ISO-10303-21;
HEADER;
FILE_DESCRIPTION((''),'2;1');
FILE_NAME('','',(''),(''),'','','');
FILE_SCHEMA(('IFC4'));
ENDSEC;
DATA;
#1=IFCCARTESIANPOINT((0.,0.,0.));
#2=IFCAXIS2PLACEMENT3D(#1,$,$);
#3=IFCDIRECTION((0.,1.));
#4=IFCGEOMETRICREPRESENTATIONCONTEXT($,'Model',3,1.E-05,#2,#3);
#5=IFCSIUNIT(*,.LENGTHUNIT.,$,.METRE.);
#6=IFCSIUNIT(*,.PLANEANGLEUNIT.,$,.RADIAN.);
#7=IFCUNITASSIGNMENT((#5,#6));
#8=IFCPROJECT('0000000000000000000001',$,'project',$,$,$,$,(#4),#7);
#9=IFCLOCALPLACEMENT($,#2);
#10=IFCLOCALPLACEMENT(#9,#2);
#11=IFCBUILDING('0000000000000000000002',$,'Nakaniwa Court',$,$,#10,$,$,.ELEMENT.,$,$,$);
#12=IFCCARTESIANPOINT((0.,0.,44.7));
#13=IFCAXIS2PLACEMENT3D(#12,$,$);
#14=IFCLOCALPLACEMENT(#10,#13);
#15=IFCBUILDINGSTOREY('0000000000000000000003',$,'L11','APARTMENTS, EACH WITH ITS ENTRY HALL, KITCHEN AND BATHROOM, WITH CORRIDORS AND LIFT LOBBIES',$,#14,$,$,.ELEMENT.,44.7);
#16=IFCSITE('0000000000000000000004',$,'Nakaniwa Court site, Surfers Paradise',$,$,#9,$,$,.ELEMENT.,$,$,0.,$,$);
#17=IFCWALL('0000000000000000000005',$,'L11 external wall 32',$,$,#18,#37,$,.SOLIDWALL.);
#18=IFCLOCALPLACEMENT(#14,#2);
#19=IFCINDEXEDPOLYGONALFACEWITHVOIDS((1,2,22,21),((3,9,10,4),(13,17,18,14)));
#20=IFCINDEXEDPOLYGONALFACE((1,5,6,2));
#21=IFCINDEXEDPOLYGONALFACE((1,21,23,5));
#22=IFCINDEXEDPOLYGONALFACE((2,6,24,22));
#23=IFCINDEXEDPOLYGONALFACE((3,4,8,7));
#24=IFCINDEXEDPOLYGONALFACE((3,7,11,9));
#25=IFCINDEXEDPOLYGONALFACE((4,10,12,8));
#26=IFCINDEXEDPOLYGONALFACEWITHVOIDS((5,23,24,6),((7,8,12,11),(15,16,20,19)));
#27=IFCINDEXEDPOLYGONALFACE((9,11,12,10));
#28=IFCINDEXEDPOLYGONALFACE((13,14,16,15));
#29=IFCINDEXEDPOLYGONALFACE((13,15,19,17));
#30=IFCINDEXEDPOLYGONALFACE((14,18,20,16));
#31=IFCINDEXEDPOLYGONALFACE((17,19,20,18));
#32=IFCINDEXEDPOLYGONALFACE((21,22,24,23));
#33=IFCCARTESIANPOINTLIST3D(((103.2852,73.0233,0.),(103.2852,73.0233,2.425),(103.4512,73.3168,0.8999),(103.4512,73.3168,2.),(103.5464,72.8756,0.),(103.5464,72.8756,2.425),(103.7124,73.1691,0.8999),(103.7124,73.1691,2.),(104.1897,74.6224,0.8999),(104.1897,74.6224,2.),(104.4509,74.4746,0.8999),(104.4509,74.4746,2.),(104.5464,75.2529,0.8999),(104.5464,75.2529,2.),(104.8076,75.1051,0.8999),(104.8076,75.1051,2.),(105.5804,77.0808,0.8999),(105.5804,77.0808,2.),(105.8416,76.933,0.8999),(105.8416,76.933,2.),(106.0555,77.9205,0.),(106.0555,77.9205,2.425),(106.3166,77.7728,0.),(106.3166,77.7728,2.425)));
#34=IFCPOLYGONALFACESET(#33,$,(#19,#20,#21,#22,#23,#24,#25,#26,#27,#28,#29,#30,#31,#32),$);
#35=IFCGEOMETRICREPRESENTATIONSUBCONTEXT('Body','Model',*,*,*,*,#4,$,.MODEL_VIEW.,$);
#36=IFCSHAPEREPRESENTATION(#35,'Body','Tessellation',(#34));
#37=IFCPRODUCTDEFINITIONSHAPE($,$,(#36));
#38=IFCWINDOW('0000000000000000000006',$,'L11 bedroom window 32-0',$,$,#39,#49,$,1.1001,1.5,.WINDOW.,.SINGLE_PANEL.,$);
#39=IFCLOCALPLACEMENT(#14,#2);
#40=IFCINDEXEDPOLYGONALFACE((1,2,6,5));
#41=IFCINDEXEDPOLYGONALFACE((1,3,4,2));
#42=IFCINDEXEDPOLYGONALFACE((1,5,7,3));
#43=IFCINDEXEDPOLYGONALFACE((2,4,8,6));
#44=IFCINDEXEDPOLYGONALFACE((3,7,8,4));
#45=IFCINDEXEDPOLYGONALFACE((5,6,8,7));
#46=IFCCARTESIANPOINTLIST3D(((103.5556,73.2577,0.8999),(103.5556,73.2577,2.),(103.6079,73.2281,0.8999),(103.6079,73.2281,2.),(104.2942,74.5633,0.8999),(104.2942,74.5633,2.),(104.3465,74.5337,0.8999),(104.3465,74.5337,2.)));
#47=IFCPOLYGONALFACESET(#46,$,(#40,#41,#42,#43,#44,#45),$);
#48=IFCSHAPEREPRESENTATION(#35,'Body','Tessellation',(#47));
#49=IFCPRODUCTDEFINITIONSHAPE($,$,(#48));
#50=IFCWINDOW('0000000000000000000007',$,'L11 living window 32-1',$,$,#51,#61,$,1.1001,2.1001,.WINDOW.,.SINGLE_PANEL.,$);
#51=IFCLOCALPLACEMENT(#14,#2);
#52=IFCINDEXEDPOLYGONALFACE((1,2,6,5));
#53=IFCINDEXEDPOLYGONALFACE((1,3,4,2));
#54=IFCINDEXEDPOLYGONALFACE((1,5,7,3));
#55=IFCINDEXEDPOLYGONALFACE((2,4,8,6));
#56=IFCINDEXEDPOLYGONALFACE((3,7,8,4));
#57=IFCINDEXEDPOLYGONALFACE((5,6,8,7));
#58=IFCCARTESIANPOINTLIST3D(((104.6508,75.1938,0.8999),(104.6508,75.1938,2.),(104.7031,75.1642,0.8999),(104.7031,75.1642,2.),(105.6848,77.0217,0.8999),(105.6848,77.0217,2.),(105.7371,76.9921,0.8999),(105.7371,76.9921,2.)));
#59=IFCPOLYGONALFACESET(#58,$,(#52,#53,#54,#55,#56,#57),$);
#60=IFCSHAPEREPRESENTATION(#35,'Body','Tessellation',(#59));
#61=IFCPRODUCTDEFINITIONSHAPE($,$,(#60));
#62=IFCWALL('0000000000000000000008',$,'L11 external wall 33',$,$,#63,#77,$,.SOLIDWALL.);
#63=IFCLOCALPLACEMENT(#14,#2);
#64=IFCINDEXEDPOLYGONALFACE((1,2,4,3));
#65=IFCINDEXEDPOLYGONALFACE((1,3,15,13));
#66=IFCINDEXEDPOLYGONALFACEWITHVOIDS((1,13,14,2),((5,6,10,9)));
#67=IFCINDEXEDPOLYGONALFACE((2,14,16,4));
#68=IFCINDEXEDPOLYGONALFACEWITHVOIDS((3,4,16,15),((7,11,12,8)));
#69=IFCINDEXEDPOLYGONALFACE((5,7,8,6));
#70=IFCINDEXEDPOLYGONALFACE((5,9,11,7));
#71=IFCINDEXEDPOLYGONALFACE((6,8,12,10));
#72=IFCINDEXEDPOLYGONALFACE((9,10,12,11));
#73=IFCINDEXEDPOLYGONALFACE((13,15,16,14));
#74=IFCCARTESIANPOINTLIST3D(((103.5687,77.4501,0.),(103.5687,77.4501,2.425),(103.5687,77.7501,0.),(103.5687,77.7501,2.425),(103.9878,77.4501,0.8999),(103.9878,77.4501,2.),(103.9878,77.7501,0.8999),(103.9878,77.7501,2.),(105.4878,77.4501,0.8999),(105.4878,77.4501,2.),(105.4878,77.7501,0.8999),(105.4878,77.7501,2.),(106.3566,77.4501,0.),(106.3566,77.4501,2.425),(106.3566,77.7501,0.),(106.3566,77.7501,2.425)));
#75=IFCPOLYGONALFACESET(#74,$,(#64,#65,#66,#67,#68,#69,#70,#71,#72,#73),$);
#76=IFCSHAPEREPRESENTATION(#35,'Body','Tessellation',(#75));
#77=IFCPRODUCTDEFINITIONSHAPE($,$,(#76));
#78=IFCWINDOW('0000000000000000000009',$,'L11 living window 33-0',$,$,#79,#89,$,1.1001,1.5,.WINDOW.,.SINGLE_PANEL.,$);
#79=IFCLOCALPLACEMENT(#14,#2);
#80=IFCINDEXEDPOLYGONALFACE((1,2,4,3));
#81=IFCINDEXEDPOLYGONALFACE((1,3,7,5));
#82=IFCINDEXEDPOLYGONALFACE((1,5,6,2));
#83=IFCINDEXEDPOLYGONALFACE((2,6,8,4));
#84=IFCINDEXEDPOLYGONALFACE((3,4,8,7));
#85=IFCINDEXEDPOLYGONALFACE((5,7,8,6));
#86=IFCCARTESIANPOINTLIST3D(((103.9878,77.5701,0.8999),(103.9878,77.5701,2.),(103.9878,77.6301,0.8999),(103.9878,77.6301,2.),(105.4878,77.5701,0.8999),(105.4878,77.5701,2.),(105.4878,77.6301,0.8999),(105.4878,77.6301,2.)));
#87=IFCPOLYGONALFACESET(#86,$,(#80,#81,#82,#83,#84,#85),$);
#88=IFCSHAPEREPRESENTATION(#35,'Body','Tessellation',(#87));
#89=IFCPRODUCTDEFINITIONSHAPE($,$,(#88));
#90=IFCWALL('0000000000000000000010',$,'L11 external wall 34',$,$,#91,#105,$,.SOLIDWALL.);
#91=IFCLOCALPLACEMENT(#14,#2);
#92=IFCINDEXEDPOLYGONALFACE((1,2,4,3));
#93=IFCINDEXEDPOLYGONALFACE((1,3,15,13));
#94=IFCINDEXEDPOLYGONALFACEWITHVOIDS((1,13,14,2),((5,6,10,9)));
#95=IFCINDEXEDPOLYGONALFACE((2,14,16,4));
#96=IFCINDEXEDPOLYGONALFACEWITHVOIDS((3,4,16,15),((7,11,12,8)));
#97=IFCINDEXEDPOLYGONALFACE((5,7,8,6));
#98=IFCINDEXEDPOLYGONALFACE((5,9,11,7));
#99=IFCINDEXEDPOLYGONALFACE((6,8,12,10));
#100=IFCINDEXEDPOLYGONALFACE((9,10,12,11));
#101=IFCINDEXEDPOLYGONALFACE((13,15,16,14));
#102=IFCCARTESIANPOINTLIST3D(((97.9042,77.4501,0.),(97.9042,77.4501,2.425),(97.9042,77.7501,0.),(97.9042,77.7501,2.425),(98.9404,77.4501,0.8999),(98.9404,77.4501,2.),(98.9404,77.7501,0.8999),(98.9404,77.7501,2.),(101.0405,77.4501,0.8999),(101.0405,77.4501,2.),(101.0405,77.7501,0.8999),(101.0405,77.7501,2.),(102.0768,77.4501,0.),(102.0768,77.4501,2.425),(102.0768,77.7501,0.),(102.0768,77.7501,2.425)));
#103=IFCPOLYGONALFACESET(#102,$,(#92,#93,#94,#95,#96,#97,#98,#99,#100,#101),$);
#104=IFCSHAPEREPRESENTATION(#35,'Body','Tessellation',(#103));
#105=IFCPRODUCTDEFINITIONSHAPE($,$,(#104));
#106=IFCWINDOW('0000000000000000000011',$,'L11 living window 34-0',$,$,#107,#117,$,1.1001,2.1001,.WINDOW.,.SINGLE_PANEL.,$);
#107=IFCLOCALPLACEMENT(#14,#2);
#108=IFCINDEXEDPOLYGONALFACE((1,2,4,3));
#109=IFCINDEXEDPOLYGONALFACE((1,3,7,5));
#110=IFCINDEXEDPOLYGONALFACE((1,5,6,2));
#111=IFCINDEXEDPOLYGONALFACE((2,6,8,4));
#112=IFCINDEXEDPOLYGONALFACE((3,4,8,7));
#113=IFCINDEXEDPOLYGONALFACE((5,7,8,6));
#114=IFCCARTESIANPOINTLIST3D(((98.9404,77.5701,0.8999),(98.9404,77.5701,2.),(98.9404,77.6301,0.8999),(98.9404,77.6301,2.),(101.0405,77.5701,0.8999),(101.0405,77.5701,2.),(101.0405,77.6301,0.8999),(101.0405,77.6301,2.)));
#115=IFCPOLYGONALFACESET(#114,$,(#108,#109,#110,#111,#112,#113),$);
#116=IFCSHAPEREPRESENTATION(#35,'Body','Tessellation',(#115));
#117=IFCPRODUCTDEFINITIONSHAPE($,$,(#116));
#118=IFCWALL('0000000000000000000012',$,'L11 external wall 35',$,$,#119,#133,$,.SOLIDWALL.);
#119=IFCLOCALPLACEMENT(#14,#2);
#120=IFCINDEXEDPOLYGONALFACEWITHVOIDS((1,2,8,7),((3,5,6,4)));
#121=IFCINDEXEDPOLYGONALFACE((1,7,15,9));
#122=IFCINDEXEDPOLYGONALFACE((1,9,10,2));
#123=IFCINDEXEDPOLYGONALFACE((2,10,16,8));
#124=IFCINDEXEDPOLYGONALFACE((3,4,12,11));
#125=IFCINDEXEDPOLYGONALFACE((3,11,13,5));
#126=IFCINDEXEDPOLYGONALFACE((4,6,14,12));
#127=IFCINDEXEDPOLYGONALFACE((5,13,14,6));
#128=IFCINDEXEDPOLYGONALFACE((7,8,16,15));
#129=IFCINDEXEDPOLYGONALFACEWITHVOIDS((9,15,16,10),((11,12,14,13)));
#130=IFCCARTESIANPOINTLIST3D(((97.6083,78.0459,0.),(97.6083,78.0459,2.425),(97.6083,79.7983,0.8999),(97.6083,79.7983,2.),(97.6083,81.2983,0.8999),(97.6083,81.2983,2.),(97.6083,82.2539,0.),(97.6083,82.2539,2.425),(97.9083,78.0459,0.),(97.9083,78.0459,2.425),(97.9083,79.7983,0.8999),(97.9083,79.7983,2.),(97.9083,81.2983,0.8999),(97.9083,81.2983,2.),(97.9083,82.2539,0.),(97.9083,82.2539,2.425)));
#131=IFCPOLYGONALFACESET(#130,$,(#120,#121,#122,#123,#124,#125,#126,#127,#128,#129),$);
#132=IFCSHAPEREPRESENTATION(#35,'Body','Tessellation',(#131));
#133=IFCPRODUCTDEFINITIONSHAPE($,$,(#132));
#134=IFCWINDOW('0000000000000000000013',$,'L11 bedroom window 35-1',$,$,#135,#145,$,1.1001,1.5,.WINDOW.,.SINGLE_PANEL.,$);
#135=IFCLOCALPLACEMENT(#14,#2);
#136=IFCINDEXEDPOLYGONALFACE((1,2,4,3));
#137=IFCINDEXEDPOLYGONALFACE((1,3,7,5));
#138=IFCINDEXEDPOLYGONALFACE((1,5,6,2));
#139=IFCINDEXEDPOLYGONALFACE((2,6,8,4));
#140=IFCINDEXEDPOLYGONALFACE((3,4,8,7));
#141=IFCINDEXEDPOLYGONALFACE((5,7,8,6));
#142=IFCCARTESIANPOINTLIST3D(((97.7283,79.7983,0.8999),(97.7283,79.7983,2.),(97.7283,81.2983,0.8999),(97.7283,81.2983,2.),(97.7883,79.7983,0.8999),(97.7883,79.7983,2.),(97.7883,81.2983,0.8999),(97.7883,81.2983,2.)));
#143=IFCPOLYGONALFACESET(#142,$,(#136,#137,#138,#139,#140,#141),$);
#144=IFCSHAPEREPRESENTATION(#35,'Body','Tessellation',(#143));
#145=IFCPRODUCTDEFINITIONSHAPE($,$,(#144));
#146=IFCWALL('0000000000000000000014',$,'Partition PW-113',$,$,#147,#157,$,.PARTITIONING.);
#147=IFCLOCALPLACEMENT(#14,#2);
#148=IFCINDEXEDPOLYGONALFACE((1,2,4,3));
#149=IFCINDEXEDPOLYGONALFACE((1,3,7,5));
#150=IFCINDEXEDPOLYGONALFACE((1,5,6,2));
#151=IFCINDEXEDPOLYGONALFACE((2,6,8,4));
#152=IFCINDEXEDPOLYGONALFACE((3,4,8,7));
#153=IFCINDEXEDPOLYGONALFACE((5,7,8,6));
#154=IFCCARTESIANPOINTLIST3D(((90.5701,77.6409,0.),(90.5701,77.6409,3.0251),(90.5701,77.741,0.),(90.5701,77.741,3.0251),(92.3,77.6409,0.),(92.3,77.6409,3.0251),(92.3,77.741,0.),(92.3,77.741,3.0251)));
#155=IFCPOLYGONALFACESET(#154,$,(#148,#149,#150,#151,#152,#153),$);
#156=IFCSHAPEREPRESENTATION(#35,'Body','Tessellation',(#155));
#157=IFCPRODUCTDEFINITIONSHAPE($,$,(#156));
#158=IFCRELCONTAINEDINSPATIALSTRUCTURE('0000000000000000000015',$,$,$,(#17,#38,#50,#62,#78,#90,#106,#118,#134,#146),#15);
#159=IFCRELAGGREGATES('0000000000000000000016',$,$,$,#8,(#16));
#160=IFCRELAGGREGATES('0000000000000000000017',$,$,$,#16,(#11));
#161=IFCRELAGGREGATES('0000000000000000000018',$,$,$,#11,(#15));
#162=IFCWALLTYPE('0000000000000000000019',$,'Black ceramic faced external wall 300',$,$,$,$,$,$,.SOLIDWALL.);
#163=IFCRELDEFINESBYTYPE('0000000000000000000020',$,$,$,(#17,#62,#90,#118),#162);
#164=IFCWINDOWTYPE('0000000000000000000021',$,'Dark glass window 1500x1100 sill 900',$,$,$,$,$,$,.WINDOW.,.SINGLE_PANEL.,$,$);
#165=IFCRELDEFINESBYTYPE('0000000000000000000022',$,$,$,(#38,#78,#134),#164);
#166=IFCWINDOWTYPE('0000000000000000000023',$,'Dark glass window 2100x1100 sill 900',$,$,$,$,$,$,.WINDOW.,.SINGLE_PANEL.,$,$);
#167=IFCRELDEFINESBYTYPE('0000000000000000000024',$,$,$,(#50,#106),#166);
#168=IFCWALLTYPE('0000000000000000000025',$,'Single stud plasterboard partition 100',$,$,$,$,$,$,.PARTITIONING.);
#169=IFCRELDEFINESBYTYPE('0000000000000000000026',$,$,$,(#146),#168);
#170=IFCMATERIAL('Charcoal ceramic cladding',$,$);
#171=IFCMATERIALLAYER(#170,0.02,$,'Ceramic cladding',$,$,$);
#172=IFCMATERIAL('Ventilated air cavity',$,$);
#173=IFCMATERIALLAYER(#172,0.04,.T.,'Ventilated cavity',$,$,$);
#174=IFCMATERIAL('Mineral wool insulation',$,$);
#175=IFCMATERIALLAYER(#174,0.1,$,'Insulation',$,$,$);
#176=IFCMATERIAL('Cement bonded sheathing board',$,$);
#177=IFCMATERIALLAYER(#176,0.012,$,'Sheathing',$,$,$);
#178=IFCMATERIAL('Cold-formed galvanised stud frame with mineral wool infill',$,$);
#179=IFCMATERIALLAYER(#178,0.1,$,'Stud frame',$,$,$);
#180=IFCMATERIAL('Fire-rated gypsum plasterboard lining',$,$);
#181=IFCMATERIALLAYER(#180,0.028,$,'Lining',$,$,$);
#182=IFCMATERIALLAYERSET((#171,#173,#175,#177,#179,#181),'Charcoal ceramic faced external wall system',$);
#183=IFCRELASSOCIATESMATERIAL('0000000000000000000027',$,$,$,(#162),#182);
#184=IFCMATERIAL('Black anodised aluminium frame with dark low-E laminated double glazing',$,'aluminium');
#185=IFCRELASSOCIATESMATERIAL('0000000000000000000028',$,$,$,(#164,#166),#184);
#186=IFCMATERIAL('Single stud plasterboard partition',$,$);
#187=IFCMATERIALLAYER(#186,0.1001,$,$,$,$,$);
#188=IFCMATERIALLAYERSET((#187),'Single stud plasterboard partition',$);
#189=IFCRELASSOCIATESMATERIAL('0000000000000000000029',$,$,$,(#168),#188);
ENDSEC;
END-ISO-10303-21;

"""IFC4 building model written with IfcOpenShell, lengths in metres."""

from ifc_helpers import new_model, si_unit, direction, frame, frame_2d, origin, place, context, subcontext, project, spatial, rectangle, extrude, material, layer, layer_set, type_object, element, fill, save


model = new_model("IFC4")

# Units and contexts
model_context = context("Model", 3, precision=1e-05, world=origin(), true_north=direction((0.0, 1.0)))
body_context = subcontext(model_context, "Body", "Model", "MODEL_VIEW")
ifc_project = project(units=[si_unit("LENGTHUNIT", "METRE"), si_unit("PLANEANGLEUNIT", "RADIAN")], contexts=[model_context])

# Site, building, storey
site_placement = place(None, origin())
site = spatial("IfcSite", under=ifc_project, at=site_placement, Name="Nakaniwa Court site, Surfers Paradise", CompositionType="ELEMENT", RefElevation=0.0)
building_placement = place(site_placement, origin())
building = spatial("IfcBuilding", under=site, at=building_placement, Name="Nakaniwa Court", CompositionType="ELEMENT")
storey_placement = place(building_placement, frame((0.0, 0.0, 44.7)))
storey = spatial("IfcBuildingStorey", under=building, at=storey_placement, Name="L11", Description="APARTMENTS, EACH WITH ITS ENTRY HALL, KITCHEN AND BATHROOM, WITH CORRIDORS AND LIFT LOBBIES", CompositionType="ELEMENT", Elevation=44.7)

# Wall, openings, windows
ifc_material_1 = material(Name="Charcoal ceramic cladding")
ifc_layer_1 = layer(ifc_material_1, 0.02, Name="Ceramic cladding")
ifc_material_2 = material(Name="Ventilated air cavity")
ifc_layer_2 = layer(ifc_material_2, 0.04, ventilated=True, Name="Ventilated cavity")
ifc_material_3 = material(Name="Mineral wool insulation")
ifc_layer_3 = layer(ifc_material_3, 0.1, Name="Insulation")
ifc_material_4 = material(Name="Cement bonded sheathing board")
ifc_layer_4 = layer(ifc_material_4, 0.012, Name="Sheathing")
ifc_material_5 = material(Name="Cold-formed galvanised stud frame with mineral wool infill")
ifc_layer_5 = layer(ifc_material_5, 0.1, Name="Stud frame")
ifc_material_6 = material(Name="Fire-rated gypsum plasterboard lining")
ifc_layer_6 = layer(ifc_material_6, 0.028, Name="Lining")
ifc_layer_set_1 = layer_set([ifc_layer_1, ifc_layer_2, ifc_layer_3, ifc_layer_4, ifc_layer_5, ifc_layer_6], Name="Charcoal ceramic faced external wall system")
wall_type_1 = type_object("IfcWallType", Name="Black ceramic faced external wall 300", PredefinedType="SOLIDWALL", material=ifc_layer_set_1)
wall_1_placement = place(storey_placement, frame((103.4158, 72.9495, 0.0), z_axis=(0.0, 0.0, 1.0), x_axis=(0.492363, 0.87039, 0.0)))
wall_1 = element("IfcWall", 1, at=wall_1_placement, inside=storey, type_object=wall_type_1, Name="L11 external wall 32", PredefinedType="SOLIDWALL", context=body_context, shape_type="SweptSolid", body=[
    extrude(rectangle(XDim=5.6265, YDim=0.3, at=frame_2d((2.8132, 0.0))), origin(), (0.0, 0.0, 1.0), 2.425),
])
opening_1_placement = place(wall_1_placement, frame((0.3372, 0.0, 0.8999)))
opening_1 = element("IfcOpeningElement", 2, at=opening_1_placement, cuts=wall_1, PredefinedType="OPENING", context=body_context, shape_type="SweptSolid", body=[
    extrude(rectangle(XDim=1.5, YDim=1.1001, at=frame_2d((0.75, 0.55))), frame((0.0, 0.1599, 0.0), z_axis=(0.0, -1.0, 0.0), x_axis=(1.0, 0.0, 0.0)), (0.0, 0.0, 1.0), 0.3201),
])
opening_2_placement = place(wall_1_placement, frame((2.5615, 0.0, 0.8999)))
opening_2 = element("IfcOpeningElement", 3, at=opening_2_placement, cuts=wall_1, PredefinedType="OPENING", context=body_context, shape_type="SweptSolid", body=[
    extrude(rectangle(XDim=2.1001, YDim=1.1001, at=frame_2d((1.05, 0.55))), frame((0.0, 0.1599, 0.0), z_axis=(0.0, -1.0, 0.0), x_axis=(1.0, 0.0, 0.0)), (0.0, 0.0, 1.0), 0.3201),
])
ifc_material_7 = material(Name="Black anodised aluminium frame with dark low-E laminated double glazing", Category="aluminium")
window_type_1 = type_object("IfcWindowType", Name="Dark glass window 1500x1100 sill 900", PartitioningType="SINGLE_PANEL", PredefinedType="WINDOW", material=ifc_material_7)
window_1_placement = place(opening_1_placement, origin())
window_1 = element("IfcWindow", 4, at=window_1_placement, inside=storey, type_object=window_type_1, Name="L11 bedroom window 32-0", OverallHeight=1.1001, OverallWidth=1.5, PartitioningType="SINGLE_PANEL", PredefinedType="WINDOW", context=body_context, shape_type="SweptSolid", body=[
    extrude(rectangle(XDim=1.5, YDim=1.1001, at=frame_2d((0.75, 0.55))), frame((0.0, 0.03, 0.0), z_axis=(0.0, -1.0, 0.0), x_axis=(1.0, 0.0, 0.0)), (0.0, 0.0, 1.0), 0.0601),
])
fill(opening_1, window_1)
window_type_2 = type_object("IfcWindowType", Name="Dark glass window 2100x1100 sill 900", PartitioningType="SINGLE_PANEL", PredefinedType="WINDOW", material=ifc_material_7)
window_2_placement = place(opening_2_placement, origin())
window_2 = element("IfcWindow", 5, at=window_2_placement, inside=storey, type_object=window_type_2, Name="L11 living window 32-1", OverallHeight=1.1001, OverallWidth=2.1001, PartitioningType="SINGLE_PANEL", PredefinedType="WINDOW", context=body_context, shape_type="SweptSolid", body=[
    extrude(rectangle(XDim=2.1001, YDim=1.1001, at=frame_2d((1.05, 0.55))), frame((0.0, 0.03, 0.0), z_axis=(0.0, -1.0, 0.0), x_axis=(1.0, 0.0, 0.0)), (0.0, 0.0, 1.0), 0.0601),
])
fill(opening_2, window_2)

# Walls, openings, windows
wall_2_placement = place(storey_placement, frame((106.3567, 77.6001, 0.0), z_axis=(0.0, 0.0, 1.0), x_axis=(-1.0, 0.0, 0.0)))
wall_2 = element("IfcWall", 6, at=wall_2_placement, inside=storey, type_object=wall_type_1, Name="L11 external wall 33", PredefinedType="SOLIDWALL", context=body_context, shape_type="SweptSolid", body=[
    extrude(rectangle(XDim=2.7878, YDim=0.3, at=frame_2d((1.394, 0.0))), origin(), (0.0, 0.0, 1.0), 2.425),
])
opening_3_placement = place(wall_2_placement, frame((0.8689, 0.0, 0.8999)))
opening_3 = element("IfcOpeningElement", 7, at=opening_3_placement, cuts=wall_2, PredefinedType="OPENING", context=body_context, shape_type="SweptSolid", body=[
    extrude(rectangle(XDim=1.5, YDim=1.1001, at=frame_2d((0.75, 0.55))), frame((0.0, 0.1599, 0.0), z_axis=(0.0, -1.0, 0.0), x_axis=(1.0, 0.0, 0.0)), (0.0, 0.0, 1.0), 0.3201),
])
window_3_placement = place(opening_3_placement, origin())
window_3 = element("IfcWindow", 8, at=window_3_placement, inside=storey, type_object=window_type_1, Name="L11 living window 33-0", OverallHeight=1.1001, OverallWidth=1.5, PartitioningType="SINGLE_PANEL", PredefinedType="WINDOW", context=body_context, shape_type="SweptSolid", body=[
    extrude(rectangle(XDim=1.5, YDim=1.1001, at=frame_2d((0.75, 0.55))), frame((0.0, 0.03, 0.0), z_axis=(0.0, -1.0, 0.0), x_axis=(1.0, 0.0, 0.0)), (0.0, 0.0, 1.0), 0.0601),
])
fill(opening_3, window_3)
wall_3_placement = place(storey_placement, frame((102.0769, 77.6001, 0.0), z_axis=(0.0, 0.0, 1.0), x_axis=(-1.0, 0.0, 0.0)))
wall_3 = element("IfcWall", 9, at=wall_3_placement, inside=storey, type_object=wall_type_1, Name="L11 external wall 34", PredefinedType="SOLIDWALL", context=body_context, shape_type="SweptSolid", body=[
    extrude(rectangle(XDim=4.1726, YDim=0.3, at=frame_2d((2.0864, 0.0))), origin(), (0.0, 0.0, 1.0), 2.425),
])
opening_4_placement = place(wall_3_placement, frame((1.0364, 0.0, 0.8999)))
opening_4 = element("IfcOpeningElement", 10, at=opening_4_placement, cuts=wall_3, PredefinedType="OPENING", context=body_context, shape_type="SweptSolid", body=[
    extrude(rectangle(XDim=2.1001, YDim=1.1001, at=frame_2d((1.05, 0.55))), frame((0.0, 0.1599, 0.0), z_axis=(0.0, -1.0, 0.0), x_axis=(1.0, 0.0, 0.0)), (0.0, 0.0, 1.0), 0.3201),
])
window_4_placement = place(opening_4_placement, origin())
window_4 = element("IfcWindow", 11, at=window_4_placement, inside=storey, type_object=window_type_2, Name="L11 living window 34-0", OverallHeight=1.1001, OverallWidth=2.1001, PartitioningType="SINGLE_PANEL", PredefinedType="WINDOW", context=body_context, shape_type="SweptSolid", body=[
    extrude(rectangle(XDim=2.1001, YDim=1.1001, at=frame_2d((1.05, 0.55))), frame((0.0, 0.03, 0.0), z_axis=(0.0, -1.0, 0.0), x_axis=(1.0, 0.0, 0.0)), (0.0, 0.0, 1.0), 0.0601),
])
fill(opening_4, window_4)
wall_4_placement = place(storey_placement, frame((97.7583, 78.0459, 0.0), z_axis=(0.0, 0.0, 1.0), x_axis=(0.0, 1.0, 0.0)))
wall_4 = element("IfcWall", 12, at=wall_4_placement, inside=storey, type_object=wall_type_1, Name="L11 external wall 35", PredefinedType="SOLIDWALL", context=body_context, shape_type="SweptSolid", body=[
    extrude(rectangle(XDim=4.208, YDim=0.3, at=frame_2d((2.104, 0.0))), origin(), (0.0, 0.0, 1.0), 2.425),
])
opening_5_placement = place(wall_4_placement, frame((1.7524, 0.0, 0.8999)))
opening_5 = element("IfcOpeningElement", 13, at=opening_5_placement, cuts=wall_4, PredefinedType="OPENING", context=body_context, shape_type="SweptSolid", body=[
    extrude(rectangle(XDim=1.5, YDim=1.1001, at=frame_2d((0.75, 0.55))), frame((0.0, 0.1599, 0.0), z_axis=(0.0, -1.0, 0.0), x_axis=(1.0, 0.0, 0.0)), (0.0, 0.0, 1.0), 0.3201),
])
window_5_placement = place(opening_5_placement, origin())
window_5 = element("IfcWindow", 14, at=window_5_placement, inside=storey, type_object=window_type_1, Name="L11 bedroom window 35-1", OverallHeight=1.1001, OverallWidth=1.5, PartitioningType="SINGLE_PANEL", PredefinedType="WINDOW", context=body_context, shape_type="SweptSolid", body=[
    extrude(rectangle(XDim=1.5, YDim=1.1001, at=frame_2d((0.75, 0.55))), frame((0.0, 0.03, 0.0), z_axis=(0.0, -1.0, 0.0), x_axis=(1.0, 0.0, 0.0)), (0.0, 0.0, 1.0), 0.0601),
])
fill(opening_5, window_5)

# Wall
ifc_material_8 = material(Name="Single stud plasterboard partition")
ifc_layer_7 = layer(ifc_material_8, 0.1001)
ifc_layer_set_2 = layer_set([ifc_layer_7], Name="Single stud plasterboard partition")
wall_type_2 = type_object("IfcWallType", Name="Single stud plasterboard partition 100", PredefinedType="PARTITIONING", material=ifc_layer_set_2)
wall_5_placement = place(storey_placement, frame((90.5701, 77.6909, 0.0), z_axis=(0.0, 0.0, 1.0), x_axis=(1.0, 0.0, 0.0)))
element("IfcWall", 15, at=wall_5_placement, inside=storey, type_object=wall_type_2, Name="Partition PW-113", PredefinedType="PARTITIONING", context=body_context, shape_type="SweptSolid", body=[
    extrude(rectangle(XDim=1.73, YDim=0.1001, at=frame_2d((0.865, 0.0))), origin(), (0.0, 0.0, 1.0), 3.0251),
])

save(model, "model.ifc")
